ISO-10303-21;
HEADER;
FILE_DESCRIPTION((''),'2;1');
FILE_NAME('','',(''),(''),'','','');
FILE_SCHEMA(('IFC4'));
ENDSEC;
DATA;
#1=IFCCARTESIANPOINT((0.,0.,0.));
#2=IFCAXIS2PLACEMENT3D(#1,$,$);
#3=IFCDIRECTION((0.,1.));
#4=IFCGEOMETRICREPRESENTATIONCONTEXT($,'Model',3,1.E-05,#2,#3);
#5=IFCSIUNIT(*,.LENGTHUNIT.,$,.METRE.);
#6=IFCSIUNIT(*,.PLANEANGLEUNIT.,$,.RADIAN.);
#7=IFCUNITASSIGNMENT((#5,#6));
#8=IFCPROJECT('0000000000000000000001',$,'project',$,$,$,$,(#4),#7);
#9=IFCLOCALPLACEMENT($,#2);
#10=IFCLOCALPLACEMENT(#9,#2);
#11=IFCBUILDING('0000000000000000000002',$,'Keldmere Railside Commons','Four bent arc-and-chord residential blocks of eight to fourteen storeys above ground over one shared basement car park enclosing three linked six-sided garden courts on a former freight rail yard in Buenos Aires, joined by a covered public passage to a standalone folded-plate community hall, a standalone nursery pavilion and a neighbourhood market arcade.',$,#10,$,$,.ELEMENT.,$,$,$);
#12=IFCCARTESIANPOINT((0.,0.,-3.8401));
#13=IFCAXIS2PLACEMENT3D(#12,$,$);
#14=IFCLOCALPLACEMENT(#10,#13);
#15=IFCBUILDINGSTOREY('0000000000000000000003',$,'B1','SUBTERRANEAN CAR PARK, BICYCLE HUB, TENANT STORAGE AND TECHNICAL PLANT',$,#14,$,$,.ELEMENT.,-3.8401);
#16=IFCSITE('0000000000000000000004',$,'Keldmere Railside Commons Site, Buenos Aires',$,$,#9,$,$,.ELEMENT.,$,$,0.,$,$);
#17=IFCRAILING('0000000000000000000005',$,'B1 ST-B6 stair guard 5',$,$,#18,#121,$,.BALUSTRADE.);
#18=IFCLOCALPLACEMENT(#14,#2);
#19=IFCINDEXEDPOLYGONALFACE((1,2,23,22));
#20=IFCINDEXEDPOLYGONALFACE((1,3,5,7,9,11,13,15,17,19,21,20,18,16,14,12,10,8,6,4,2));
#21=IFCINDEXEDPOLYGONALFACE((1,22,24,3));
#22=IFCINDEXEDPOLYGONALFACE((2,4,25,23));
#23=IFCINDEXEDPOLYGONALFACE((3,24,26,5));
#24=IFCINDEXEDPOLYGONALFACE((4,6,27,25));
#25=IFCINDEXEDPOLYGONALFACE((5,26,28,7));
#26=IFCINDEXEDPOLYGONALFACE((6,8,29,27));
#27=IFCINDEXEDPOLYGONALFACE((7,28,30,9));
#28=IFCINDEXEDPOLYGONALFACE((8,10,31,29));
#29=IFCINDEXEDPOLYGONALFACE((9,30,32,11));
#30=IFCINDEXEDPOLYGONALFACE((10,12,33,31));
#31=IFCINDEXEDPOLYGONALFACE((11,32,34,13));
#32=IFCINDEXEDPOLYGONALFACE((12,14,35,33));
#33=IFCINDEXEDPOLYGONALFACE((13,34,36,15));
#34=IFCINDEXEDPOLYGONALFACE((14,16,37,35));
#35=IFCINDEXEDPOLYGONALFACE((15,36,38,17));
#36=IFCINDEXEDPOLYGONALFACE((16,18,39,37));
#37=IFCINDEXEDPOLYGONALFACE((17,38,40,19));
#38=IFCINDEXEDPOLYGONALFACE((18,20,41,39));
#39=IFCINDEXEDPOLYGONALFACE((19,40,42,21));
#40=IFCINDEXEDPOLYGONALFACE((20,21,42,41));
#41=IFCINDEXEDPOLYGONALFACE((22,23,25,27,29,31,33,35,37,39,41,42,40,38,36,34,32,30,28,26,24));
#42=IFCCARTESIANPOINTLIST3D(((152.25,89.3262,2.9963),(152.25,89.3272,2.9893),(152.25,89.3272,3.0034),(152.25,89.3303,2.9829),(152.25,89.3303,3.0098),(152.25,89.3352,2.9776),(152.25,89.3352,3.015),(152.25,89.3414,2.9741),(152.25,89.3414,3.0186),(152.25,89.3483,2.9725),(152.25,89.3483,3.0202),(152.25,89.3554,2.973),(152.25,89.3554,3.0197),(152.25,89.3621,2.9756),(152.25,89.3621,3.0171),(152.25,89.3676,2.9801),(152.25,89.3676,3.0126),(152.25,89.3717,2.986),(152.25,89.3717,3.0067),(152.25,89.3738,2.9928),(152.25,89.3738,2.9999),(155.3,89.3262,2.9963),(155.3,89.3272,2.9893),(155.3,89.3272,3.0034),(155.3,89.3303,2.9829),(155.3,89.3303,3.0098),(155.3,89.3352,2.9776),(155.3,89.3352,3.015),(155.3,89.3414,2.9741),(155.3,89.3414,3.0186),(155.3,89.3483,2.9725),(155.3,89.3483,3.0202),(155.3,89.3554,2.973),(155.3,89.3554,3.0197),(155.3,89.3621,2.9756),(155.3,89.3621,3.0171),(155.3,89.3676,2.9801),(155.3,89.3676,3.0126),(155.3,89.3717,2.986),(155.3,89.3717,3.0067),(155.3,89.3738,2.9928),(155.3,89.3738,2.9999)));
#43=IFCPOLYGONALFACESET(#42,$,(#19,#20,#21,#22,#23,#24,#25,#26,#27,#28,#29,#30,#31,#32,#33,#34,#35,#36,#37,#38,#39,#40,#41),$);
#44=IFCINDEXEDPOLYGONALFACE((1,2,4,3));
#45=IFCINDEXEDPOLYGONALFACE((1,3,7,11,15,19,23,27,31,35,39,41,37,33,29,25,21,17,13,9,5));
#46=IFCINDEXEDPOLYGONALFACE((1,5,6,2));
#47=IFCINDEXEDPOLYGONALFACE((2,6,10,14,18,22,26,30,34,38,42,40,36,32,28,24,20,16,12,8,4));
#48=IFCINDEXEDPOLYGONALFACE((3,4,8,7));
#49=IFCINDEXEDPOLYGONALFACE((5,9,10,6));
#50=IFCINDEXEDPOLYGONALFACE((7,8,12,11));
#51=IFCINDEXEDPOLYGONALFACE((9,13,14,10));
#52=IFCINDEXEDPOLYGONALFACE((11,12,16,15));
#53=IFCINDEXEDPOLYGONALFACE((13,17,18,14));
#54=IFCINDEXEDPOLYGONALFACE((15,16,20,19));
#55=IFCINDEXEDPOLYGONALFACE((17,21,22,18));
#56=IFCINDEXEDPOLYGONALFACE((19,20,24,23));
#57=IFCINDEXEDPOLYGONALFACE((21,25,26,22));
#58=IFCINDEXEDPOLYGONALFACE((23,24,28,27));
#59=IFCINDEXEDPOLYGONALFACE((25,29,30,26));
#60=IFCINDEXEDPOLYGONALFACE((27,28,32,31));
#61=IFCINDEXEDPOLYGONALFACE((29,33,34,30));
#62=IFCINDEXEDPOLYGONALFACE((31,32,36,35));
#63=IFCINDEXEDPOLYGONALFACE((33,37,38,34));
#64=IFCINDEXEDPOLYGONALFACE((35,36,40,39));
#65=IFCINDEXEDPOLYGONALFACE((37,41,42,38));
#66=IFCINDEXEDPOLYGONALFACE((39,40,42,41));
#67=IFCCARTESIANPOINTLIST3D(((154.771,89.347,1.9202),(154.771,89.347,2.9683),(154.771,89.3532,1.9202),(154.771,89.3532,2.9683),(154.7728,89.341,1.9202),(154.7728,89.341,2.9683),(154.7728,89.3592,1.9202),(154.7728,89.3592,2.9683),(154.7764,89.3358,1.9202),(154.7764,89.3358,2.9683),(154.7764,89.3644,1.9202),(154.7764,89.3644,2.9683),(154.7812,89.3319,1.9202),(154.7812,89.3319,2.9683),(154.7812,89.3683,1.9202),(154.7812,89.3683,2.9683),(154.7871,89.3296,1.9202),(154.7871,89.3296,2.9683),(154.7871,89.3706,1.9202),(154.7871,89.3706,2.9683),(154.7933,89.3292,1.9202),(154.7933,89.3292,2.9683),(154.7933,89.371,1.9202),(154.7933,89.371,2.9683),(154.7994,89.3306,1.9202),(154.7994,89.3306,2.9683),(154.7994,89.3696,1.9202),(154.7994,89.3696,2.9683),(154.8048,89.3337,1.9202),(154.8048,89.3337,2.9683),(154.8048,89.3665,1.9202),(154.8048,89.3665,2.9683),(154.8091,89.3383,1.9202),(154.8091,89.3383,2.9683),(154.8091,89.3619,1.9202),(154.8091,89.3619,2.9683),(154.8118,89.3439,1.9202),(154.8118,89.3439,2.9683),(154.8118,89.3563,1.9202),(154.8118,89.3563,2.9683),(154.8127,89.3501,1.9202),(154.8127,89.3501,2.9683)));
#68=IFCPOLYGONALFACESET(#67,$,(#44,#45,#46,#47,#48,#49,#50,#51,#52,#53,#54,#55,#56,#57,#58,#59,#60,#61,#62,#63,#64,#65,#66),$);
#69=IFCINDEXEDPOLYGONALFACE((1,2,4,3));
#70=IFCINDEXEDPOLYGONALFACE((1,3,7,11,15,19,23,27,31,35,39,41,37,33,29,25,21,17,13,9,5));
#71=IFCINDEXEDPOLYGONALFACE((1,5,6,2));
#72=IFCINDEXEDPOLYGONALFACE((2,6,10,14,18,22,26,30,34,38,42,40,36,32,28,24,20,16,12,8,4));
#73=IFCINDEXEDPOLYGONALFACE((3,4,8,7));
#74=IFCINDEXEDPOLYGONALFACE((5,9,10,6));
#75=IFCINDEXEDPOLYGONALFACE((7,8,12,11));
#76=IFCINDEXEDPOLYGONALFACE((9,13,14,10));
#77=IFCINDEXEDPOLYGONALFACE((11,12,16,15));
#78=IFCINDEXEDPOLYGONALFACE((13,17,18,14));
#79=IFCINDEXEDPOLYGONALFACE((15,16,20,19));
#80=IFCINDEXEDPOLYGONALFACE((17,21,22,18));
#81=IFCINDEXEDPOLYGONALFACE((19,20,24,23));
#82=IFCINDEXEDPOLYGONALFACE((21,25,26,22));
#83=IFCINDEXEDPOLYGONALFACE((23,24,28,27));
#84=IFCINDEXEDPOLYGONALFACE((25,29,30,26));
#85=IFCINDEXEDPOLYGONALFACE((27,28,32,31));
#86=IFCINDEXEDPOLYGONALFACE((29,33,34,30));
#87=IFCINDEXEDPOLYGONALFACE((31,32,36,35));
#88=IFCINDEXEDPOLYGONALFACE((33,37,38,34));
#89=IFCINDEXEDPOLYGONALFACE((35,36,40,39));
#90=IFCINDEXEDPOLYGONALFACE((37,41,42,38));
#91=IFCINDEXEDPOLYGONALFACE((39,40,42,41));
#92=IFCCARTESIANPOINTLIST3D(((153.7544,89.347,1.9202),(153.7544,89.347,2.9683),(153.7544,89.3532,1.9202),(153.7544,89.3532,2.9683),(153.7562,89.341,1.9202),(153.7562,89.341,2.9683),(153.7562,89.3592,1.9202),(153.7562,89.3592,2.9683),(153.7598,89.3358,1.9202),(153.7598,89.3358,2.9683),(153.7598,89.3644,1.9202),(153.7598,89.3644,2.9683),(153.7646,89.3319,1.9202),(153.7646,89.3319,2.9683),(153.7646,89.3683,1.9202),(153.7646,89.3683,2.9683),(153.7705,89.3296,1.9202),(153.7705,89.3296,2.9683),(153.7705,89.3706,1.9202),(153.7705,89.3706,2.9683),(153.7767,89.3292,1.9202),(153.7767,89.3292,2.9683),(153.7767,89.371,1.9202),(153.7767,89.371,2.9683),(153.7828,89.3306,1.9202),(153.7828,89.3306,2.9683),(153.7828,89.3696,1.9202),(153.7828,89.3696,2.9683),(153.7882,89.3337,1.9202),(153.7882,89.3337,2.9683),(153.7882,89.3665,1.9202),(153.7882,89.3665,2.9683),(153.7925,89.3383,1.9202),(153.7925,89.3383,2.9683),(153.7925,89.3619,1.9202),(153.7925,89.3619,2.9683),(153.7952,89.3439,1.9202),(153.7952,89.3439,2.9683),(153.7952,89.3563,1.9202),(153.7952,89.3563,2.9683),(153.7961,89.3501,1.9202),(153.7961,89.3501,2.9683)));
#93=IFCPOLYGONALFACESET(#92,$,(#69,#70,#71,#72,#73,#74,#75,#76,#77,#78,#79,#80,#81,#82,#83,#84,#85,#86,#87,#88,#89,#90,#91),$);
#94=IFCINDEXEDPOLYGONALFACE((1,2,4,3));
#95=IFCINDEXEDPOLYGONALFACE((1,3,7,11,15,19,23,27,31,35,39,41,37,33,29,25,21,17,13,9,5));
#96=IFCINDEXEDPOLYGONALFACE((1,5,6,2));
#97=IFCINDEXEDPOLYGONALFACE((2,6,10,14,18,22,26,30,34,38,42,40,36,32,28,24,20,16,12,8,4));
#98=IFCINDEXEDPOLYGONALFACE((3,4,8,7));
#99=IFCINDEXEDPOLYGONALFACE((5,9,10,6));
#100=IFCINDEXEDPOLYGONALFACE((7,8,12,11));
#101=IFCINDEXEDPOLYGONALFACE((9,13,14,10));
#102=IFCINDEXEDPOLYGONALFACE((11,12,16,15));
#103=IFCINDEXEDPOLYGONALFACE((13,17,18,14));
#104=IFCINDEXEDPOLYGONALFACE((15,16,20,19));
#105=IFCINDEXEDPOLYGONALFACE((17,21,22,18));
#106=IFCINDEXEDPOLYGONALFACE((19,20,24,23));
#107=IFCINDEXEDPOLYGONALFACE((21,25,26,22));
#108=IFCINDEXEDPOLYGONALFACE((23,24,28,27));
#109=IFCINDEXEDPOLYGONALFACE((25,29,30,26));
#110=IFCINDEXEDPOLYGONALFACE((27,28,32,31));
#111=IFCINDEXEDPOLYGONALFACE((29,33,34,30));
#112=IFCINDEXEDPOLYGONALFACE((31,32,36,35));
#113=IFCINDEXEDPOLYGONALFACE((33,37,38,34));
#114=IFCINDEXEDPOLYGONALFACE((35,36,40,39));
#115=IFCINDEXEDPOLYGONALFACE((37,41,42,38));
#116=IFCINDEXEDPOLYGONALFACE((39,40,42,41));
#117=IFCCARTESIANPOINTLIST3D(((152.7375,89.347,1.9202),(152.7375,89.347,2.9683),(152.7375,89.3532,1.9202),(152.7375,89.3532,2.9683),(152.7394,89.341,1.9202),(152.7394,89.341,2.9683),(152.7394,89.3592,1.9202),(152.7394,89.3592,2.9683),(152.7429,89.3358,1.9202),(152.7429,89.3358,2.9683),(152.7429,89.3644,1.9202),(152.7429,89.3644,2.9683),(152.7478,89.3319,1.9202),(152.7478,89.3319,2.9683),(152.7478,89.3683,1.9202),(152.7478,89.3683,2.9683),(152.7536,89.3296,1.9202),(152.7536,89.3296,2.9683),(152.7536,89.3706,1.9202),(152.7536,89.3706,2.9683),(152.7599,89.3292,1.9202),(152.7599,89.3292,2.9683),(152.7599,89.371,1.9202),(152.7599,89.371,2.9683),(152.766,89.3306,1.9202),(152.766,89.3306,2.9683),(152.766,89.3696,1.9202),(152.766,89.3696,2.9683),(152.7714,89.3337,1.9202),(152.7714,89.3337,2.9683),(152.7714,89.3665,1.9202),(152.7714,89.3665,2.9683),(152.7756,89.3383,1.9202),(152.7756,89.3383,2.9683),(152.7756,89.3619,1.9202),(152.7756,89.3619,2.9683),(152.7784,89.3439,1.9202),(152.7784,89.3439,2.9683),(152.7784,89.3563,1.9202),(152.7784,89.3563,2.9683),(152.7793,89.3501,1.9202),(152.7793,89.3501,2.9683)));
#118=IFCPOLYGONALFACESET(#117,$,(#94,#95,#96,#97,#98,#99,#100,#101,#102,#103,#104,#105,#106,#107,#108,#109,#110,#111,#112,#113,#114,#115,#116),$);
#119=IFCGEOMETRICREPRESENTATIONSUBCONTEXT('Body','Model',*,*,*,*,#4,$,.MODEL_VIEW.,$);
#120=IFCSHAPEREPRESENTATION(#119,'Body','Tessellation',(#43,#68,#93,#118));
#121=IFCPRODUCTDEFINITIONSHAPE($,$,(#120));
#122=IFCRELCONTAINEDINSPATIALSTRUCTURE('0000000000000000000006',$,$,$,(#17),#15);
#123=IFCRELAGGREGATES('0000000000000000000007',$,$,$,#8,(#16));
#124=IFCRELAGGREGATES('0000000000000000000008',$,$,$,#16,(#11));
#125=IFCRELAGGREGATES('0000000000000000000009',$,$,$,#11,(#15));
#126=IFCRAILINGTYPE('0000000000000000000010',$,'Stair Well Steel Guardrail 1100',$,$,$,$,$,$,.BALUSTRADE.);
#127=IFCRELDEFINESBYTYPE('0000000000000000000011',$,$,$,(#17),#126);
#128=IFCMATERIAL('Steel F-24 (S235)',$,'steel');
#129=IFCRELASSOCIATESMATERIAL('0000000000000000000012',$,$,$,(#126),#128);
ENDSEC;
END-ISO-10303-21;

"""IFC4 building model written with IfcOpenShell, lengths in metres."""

from ifc_helpers import new_model, si_unit, direction, frame, origin, origin_2d, place, context, subcontext, project, spatial, circle, extrude, material, type_object, element, save


model = new_model("IFC4")

# Units and contexts
model_context = context("Model", 3, precision=1e-05, world=origin(), true_north=direction((0.0, 1.0)))
body_context = subcontext(model_context, "Body", "Model", "MODEL_VIEW")
ifc_project = project(units=[si_unit("LENGTHUNIT", "METRE"), si_unit("PLANEANGLEUNIT", "RADIAN")], contexts=[model_context])

# Site, building, storey
site_placement = place(None, origin())
site = spatial("IfcSite", under=ifc_project, at=site_placement, Name="Keldmere Railside Commons Site, Buenos Aires", CompositionType="ELEMENT", RefElevation=0.0)
building_placement = place(site_placement, origin())
building = spatial("IfcBuilding", under=site, at=building_placement, Name="Keldmere Railside Commons", Description="Four bent arc-and-chord residential blocks of eight to fourteen storeys above ground over one shared basement car park enclosing three linked six-sided garden courts on a former freight rail yard in Buenos Aires, joined by a covered public passage to a standalone folded-plate community hall, a standalone nursery pavilion and a neighbourhood market arcade.", CompositionType="ELEMENT")
storey_placement = place(building_placement, frame((0.0, 0.0, -3.8401)))
storey = spatial("IfcBuildingStorey", under=building, at=storey_placement, Name="B1", Description="SUBTERRANEAN CAR PARK, BICYCLE HUB, TENANT STORAGE AND TECHNICAL PLANT", CompositionType="ELEMENT", Elevation=-3.8401)

# Shared definitions
ifc_material_1 = material(Name="Steel F-24 (S235)", Category="steel")

# Railing
railing_type = type_object("IfcRailingType", Name="Stair Well Steel Guardrail 1100", PredefinedType="BALUSTRADE", material=ifc_material_1)
railing_placement = place(storey_placement, frame((155.3, 89.3501, 1.9202)))
element("IfcRailing", 1, at=railing_placement, inside=storey, type_object=railing_type, Name="B1 ST-B6 stair guard 5", PredefinedType="BALUSTRADE", context=body_context, shape_type="SweptSolid", body=[
    extrude(circle(Radius=0.0239, at=origin_2d()), frame((0.0, 0.0, 1.0762), z_axis=(-1.0, 0.0, 0.0), x_axis=(0.0, -1.0, 0.0)), (0.0, 0.0, 1.0), 3.05),
    extrude(circle(Radius=0.021, at=origin_2d()), frame((-0.5083, 0.0, 0.0)), (0.0, 0.0, 1.0), 1.0481),
    extrude(circle(Radius=0.021, at=origin_2d()), frame((-1.5249, 0.0, 0.0)), (0.0, 0.0, 1.0), 1.0481),
    extrude(circle(Radius=0.021, at=origin_2d()), frame((-2.5417, 0.0, 0.0)), (0.0, 0.0, 1.0), 1.0481),
])

save(model, "model.ifc")
